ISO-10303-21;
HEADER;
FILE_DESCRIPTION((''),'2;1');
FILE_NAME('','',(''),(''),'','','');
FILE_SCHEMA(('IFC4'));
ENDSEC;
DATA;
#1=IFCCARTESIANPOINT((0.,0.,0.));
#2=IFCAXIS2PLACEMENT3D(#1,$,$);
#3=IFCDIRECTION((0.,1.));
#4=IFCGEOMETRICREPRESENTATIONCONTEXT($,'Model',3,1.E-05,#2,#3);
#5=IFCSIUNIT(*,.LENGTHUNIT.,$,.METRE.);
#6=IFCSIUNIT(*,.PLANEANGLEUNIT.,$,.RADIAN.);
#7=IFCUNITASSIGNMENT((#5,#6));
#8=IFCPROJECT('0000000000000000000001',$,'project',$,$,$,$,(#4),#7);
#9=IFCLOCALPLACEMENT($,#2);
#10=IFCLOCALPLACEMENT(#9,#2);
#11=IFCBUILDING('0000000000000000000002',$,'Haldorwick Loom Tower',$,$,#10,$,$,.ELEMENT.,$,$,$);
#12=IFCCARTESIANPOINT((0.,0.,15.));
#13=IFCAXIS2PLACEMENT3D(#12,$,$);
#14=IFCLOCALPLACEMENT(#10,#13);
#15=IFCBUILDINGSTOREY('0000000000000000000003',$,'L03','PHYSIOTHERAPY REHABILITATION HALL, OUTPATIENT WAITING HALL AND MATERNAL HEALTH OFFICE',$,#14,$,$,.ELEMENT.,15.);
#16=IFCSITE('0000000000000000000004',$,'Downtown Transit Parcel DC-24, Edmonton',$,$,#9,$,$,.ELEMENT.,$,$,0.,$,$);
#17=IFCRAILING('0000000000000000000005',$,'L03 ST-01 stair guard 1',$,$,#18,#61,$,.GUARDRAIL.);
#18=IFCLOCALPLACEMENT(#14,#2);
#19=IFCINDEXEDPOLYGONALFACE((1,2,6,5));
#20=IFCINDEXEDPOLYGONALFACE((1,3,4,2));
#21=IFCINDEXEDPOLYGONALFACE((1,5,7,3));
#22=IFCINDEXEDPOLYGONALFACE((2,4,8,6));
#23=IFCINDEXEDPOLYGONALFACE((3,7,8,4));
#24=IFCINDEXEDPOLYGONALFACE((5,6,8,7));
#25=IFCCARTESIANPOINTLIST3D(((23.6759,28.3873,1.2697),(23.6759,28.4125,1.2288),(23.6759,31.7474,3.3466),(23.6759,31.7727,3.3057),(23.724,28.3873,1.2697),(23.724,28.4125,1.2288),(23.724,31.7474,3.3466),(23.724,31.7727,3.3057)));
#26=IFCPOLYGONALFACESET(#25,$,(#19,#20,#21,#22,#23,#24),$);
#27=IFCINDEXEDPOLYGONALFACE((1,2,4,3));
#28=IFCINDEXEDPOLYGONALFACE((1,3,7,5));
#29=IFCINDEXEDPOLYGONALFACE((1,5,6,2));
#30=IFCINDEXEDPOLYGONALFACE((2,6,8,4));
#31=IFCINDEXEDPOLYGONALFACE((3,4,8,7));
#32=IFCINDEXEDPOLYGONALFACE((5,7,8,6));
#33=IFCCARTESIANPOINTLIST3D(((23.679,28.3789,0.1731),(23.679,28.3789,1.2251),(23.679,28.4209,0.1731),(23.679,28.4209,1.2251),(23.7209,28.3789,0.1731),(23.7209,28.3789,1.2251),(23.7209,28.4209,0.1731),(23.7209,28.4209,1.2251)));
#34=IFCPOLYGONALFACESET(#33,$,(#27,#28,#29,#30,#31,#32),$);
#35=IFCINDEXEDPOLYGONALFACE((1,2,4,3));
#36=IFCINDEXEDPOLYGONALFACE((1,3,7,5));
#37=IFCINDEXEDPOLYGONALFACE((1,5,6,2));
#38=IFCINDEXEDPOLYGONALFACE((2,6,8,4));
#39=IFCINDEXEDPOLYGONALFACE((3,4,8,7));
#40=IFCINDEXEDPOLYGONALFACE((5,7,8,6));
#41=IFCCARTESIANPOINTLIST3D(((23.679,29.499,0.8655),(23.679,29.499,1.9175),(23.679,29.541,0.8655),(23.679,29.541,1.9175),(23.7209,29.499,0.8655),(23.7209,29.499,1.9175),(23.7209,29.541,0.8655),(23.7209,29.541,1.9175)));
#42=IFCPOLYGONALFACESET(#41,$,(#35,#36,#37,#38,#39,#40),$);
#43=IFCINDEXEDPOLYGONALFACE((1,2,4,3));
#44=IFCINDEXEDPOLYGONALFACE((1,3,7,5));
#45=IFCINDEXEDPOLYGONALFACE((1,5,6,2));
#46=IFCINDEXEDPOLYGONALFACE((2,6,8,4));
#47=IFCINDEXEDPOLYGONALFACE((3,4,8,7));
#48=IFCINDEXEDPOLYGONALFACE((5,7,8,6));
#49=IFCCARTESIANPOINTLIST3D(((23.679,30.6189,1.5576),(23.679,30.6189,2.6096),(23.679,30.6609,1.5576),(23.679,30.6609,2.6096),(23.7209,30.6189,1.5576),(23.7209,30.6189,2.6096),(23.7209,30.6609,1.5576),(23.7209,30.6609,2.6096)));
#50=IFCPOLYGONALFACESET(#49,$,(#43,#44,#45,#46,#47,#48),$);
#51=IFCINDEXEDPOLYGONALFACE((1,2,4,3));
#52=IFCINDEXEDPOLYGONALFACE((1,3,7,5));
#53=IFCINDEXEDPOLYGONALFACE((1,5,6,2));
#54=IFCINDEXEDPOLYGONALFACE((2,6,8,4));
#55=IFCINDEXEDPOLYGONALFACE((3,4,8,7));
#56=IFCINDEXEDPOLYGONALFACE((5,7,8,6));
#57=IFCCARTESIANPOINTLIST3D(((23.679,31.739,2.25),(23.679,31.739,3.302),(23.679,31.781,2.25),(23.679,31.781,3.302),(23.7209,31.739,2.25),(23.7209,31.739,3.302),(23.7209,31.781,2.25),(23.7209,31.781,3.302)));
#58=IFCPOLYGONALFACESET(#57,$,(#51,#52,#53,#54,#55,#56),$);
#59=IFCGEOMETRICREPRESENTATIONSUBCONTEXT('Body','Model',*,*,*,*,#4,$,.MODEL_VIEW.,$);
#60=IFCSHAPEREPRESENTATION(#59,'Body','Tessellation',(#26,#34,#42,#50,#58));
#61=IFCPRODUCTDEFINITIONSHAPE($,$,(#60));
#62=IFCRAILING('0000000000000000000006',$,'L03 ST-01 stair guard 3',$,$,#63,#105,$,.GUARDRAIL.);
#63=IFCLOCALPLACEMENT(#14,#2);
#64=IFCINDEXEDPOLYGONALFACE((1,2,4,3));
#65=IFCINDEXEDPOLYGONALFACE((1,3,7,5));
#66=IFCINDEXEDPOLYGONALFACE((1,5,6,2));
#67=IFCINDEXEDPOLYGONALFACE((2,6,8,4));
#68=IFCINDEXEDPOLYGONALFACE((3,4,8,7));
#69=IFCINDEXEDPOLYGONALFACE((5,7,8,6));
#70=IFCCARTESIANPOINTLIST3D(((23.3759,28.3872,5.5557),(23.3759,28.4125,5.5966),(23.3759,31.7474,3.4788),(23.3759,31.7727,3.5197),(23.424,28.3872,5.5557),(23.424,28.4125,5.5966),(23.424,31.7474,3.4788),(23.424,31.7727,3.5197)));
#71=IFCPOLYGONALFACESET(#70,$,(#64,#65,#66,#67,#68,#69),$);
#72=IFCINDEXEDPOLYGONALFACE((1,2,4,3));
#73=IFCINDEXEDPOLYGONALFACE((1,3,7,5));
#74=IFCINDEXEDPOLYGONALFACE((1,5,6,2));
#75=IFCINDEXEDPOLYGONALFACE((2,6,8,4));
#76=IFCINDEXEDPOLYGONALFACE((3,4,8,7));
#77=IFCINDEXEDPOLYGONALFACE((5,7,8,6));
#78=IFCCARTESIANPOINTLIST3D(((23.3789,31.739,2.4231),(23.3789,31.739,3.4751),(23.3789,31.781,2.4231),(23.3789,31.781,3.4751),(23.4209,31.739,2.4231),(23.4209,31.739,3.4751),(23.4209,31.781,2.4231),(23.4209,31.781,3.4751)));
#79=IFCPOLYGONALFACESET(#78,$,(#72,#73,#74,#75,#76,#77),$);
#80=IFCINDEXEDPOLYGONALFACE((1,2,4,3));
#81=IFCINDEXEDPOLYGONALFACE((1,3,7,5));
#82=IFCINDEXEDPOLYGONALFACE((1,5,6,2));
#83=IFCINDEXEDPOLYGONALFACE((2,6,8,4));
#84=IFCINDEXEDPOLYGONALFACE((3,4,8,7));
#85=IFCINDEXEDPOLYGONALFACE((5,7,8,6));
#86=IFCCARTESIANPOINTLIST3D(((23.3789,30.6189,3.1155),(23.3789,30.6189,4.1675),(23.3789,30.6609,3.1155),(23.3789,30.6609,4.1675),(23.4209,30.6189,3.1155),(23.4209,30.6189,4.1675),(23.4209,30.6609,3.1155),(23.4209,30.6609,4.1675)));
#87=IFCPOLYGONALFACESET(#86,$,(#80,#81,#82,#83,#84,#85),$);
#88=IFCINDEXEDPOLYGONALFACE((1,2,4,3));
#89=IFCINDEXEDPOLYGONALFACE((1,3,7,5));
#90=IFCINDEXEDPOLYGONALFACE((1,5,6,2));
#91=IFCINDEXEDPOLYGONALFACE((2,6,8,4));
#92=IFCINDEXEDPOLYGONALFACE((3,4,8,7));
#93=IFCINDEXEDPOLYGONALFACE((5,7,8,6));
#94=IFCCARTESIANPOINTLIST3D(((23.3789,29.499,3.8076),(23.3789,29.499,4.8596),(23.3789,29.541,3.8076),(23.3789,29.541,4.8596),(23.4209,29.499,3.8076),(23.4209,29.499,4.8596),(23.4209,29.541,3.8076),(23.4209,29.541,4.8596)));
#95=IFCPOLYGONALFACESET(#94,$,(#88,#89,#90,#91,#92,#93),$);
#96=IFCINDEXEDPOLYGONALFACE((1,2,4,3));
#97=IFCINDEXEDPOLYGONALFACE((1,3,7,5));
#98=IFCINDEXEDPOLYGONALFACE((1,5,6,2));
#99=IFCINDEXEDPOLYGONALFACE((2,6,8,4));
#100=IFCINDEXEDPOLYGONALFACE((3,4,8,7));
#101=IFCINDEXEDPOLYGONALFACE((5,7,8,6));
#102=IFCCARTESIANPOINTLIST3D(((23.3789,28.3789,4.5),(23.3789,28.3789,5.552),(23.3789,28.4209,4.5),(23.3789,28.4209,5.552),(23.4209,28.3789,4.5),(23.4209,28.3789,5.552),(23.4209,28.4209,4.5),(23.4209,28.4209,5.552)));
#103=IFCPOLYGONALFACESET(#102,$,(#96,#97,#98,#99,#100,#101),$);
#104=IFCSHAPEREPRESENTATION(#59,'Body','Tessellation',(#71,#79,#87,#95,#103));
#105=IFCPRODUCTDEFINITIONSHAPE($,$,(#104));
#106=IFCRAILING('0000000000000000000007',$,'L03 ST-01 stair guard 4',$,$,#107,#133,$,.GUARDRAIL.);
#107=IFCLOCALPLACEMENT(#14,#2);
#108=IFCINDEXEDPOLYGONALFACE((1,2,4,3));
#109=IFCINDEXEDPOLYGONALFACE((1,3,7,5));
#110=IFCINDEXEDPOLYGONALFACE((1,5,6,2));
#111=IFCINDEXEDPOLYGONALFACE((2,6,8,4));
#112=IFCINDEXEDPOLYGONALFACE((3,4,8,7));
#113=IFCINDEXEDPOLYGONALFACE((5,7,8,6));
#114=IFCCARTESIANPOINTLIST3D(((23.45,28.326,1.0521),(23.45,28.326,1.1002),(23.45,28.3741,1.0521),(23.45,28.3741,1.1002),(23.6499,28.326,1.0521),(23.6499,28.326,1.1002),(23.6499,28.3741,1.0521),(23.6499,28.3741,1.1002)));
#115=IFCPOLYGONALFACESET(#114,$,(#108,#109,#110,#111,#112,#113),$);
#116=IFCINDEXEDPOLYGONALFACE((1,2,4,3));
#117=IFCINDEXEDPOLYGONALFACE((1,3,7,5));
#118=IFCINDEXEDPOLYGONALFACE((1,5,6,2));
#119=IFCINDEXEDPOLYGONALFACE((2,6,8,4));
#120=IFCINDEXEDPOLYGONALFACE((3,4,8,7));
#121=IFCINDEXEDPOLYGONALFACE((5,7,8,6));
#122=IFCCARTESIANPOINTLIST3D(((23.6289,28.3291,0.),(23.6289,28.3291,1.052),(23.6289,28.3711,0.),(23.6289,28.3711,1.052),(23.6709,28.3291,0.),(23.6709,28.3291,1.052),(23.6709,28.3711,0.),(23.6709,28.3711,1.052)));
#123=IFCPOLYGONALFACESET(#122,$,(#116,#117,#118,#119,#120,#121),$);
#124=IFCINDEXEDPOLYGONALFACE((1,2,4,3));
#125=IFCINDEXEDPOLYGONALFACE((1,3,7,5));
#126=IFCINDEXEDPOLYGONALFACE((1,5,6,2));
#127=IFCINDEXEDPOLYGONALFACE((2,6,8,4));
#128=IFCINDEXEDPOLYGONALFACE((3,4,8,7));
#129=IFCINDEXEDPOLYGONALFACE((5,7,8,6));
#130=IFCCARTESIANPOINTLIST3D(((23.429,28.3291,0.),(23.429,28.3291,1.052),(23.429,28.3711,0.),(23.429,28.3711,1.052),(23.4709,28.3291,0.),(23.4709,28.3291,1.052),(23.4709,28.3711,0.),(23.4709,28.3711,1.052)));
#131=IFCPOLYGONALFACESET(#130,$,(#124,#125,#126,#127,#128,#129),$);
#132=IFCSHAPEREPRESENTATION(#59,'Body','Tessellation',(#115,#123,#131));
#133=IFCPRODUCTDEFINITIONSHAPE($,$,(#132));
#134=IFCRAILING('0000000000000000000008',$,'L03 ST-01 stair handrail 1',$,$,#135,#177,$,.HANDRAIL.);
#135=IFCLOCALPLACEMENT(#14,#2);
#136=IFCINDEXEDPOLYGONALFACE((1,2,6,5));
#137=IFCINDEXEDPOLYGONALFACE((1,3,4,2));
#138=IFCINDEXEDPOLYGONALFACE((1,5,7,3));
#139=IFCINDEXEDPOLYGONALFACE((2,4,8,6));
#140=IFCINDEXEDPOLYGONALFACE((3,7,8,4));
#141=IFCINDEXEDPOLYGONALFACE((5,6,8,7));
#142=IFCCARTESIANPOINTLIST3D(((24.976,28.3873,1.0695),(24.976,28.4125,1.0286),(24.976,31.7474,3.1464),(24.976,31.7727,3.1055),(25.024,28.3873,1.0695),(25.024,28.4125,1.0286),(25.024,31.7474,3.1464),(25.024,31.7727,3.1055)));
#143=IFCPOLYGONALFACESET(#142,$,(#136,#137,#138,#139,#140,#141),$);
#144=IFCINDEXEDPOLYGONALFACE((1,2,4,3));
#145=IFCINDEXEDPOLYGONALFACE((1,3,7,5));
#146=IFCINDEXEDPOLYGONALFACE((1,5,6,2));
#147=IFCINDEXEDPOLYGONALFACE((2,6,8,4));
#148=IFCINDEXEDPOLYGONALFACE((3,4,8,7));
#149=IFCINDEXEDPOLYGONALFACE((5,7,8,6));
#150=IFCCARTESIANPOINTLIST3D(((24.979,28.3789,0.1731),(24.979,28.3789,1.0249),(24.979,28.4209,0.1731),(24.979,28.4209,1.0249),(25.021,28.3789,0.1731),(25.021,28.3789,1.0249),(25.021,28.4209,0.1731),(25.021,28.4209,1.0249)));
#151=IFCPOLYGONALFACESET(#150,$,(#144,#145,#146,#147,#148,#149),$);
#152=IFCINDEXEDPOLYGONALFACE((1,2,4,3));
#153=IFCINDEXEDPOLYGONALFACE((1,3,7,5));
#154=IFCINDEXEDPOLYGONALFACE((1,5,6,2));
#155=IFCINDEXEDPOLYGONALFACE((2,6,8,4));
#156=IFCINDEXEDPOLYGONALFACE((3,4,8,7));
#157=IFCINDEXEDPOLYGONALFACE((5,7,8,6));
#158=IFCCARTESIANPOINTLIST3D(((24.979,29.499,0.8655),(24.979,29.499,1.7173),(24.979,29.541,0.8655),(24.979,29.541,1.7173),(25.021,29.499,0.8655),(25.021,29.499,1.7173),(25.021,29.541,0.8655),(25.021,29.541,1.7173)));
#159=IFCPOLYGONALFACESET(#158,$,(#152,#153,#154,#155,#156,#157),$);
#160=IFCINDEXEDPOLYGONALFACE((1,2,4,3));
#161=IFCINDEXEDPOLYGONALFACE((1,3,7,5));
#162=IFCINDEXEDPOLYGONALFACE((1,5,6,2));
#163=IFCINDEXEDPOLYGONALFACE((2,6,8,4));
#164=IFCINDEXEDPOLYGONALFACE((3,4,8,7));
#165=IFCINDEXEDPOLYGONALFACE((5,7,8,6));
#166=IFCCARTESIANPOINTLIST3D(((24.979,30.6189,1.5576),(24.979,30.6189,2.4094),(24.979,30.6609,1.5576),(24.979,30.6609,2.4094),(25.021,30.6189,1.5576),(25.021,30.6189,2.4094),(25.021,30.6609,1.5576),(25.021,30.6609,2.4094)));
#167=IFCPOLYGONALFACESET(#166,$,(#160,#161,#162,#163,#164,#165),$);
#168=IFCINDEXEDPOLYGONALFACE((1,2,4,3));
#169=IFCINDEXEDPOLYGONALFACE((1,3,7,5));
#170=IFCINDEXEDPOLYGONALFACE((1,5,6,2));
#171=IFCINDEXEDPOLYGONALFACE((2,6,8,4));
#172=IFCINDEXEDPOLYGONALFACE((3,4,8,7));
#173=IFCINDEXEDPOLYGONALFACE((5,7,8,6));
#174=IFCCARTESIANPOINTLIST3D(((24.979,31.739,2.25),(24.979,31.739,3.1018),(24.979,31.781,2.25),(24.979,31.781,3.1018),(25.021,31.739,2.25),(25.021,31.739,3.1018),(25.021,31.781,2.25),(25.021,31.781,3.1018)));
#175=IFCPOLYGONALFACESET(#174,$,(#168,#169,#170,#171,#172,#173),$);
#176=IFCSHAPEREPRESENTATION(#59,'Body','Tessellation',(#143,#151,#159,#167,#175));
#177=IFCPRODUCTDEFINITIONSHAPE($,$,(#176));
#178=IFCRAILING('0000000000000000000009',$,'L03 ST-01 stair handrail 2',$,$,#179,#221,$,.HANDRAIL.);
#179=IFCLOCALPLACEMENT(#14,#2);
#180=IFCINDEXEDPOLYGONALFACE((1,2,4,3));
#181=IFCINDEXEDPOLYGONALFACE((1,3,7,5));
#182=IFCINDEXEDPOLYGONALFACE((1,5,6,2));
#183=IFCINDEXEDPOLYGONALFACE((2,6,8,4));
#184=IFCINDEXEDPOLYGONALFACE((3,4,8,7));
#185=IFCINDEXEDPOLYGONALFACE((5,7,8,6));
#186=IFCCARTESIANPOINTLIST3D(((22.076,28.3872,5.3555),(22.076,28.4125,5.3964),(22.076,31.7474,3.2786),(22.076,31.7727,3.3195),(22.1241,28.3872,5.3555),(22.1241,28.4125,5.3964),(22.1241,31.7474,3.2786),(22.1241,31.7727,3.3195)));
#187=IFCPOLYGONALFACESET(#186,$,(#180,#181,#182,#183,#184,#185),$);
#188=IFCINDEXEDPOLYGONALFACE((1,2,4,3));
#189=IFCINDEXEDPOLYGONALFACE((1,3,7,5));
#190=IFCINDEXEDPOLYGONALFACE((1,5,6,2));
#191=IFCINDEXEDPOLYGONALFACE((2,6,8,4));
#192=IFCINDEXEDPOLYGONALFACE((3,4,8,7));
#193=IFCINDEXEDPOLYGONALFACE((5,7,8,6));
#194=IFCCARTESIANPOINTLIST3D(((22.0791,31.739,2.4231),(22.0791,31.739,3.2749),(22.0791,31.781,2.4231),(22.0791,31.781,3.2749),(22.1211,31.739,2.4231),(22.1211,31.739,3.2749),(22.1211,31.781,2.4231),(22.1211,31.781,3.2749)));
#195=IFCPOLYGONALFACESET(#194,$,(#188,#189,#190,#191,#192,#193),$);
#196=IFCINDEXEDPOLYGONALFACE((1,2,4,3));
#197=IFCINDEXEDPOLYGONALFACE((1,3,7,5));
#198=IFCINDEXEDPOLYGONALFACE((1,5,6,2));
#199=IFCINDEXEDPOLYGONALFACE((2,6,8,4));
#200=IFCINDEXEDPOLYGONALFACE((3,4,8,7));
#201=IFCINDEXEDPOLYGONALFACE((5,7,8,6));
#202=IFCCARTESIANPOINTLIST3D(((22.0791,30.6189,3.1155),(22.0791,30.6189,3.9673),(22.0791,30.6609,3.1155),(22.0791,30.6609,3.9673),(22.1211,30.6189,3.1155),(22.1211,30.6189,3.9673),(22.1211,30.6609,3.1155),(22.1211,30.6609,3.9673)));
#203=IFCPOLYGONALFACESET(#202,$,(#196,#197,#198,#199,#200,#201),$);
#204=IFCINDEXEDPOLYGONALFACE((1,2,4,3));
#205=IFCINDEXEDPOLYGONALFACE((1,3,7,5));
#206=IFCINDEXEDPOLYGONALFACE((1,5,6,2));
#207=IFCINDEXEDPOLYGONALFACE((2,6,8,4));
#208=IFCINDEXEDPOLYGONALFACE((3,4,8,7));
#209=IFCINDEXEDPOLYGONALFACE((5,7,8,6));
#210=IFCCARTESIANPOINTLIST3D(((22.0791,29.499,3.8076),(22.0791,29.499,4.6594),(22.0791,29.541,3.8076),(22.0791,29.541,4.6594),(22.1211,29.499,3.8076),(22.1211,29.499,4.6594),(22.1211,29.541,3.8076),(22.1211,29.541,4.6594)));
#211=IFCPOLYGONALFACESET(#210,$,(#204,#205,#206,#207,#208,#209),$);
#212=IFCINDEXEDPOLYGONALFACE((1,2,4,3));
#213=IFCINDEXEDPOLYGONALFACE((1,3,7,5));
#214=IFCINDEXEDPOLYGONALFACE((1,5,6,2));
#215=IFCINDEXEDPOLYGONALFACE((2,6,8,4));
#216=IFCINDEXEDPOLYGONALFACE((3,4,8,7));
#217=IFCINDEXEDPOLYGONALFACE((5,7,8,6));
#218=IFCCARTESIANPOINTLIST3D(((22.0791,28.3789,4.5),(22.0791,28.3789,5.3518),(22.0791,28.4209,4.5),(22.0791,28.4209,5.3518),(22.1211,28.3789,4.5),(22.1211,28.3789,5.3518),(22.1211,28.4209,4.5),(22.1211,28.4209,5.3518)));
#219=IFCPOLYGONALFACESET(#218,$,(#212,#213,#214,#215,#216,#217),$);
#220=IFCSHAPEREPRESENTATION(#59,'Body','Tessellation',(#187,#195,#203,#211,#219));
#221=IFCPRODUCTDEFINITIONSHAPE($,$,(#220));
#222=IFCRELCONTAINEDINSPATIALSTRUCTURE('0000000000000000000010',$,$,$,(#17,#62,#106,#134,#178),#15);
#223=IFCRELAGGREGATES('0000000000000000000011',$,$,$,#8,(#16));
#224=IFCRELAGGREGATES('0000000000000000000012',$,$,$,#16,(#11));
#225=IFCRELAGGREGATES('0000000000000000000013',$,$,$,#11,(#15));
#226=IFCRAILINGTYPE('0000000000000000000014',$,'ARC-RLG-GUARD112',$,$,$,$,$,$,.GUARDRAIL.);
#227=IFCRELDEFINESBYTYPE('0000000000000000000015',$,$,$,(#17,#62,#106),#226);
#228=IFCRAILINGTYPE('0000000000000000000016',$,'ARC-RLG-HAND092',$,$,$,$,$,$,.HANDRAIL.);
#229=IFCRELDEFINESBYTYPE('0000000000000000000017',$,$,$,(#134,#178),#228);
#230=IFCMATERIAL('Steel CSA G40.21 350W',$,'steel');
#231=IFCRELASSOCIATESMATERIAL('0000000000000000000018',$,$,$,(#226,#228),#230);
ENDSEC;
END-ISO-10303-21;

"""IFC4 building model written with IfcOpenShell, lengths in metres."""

from ifc_helpers import new_model, si_unit, direction, frame, origin, origin_2d, place, context, subcontext, project, spatial, rectangle, extrude, material, type_object, element, save


model = new_model("IFC4")

# Units and contexts
model_context = context("Model", 3, precision=1e-05, world=origin(), true_north=direction((0.0, 1.0)))
body_context = subcontext(model_context, "Body", "Model", "MODEL_VIEW")
ifc_project = project(units=[si_unit("LENGTHUNIT", "METRE"), si_unit("PLANEANGLEUNIT", "RADIAN")], contexts=[model_context])

# Site, building, storey
site_placement = place(None, origin())
site = spatial("IfcSite", under=ifc_project, at=site_placement, Name="Downtown Transit Parcel DC-24, Edmonton", CompositionType="ELEMENT", RefElevation=0.0)
building_placement = place(site_placement, origin())
building = spatial("IfcBuilding", under=site, at=building_placement, Name="Haldorwick Loom Tower", CompositionType="ELEMENT")
storey_placement = place(building_placement, frame((0.0, 0.0, 15.0)))
storey = spatial("IfcBuildingStorey", under=building, at=storey_placement, Name="L03", Description="PHYSIOTHERAPY REHABILITATION HALL, OUTPATIENT WAITING HALL AND MATERNAL HEALTH OFFICE", CompositionType="ELEMENT", Elevation=15.0)

# Shared definitions
ifc_material_1 = material(Name="Steel CSA G40.21 350W", Category="steel")

# Railings
railing_type_1 = type_object("IfcRailingType", Name="ARC-RLG-GUARD112", PredefinedType="GUARDRAIL", material=ifc_material_1)
railing_1_placement = place(storey_placement, frame((23.7, 28.3999, 0.1731)))
element("IfcRailing", 1, at=railing_1_placement, inside=storey, type_object=railing_type_1, Name="L03 ST-01 stair guard 1", PredefinedType="GUARDRAIL", context=body_context, shape_type="SweptSolid", body=[
    extrude(rectangle(XDim=0.0481, YDim=0.0481, at=origin_2d()), frame((0.0, 0.0, 1.0762), z_axis=(0.0, 0.850623, 0.525776), x_axis=(-1.0, 0.0, 0.0)), (0.0, 0.0, 1.0), 3.9502),
    extrude(rectangle(XDim=0.042, YDim=0.042, at=origin_2d()), origin(), (0.0, 0.0, 1.0), 1.052),
    extrude(rectangle(XDim=0.042, YDim=0.042, at=origin_2d()), frame((0.0, 1.1201, 0.6924)), (0.0, 0.0, 1.0), 1.052),
    extrude(rectangle(XDim=0.042, YDim=0.042, at=origin_2d()), frame((0.0, 2.24, 1.3845)), (0.0, 0.0, 1.0), 1.052),
    extrude(rectangle(XDim=0.042, YDim=0.042, at=origin_2d()), frame((0.0, 3.3601, 2.0769)), (0.0, 0.0, 1.0), 1.052),
])
railing_2_placement = place(storey_placement, frame((23.3999, 31.76, 2.4231)))
element("IfcRailing", 2, at=railing_2_placement, inside=storey, type_object=railing_type_1, Name="L03 ST-01 stair guard 3", PredefinedType="GUARDRAIL", context=body_context, shape_type="SweptSolid", body=[
    extrude(rectangle(XDim=0.0481, YDim=0.0481, at=origin_2d()), frame((0.0, 0.0, 1.0762), z_axis=(0.0, -0.850623, 0.525776), x_axis=(1.0, 0.0, 0.0)), (0.0, 0.0, 1.0), 3.9502),
    extrude(rectangle(XDim=0.042, YDim=0.042, at=origin_2d()), origin(), (0.0, 0.0, 1.0), 1.052),
    extrude(rectangle(XDim=0.042, YDim=0.042, at=origin_2d()), frame((0.0, -1.1201, 0.6924)), (0.0, 0.0, 1.0), 1.052),
    extrude(rectangle(XDim=0.042, YDim=0.042, at=origin_2d()), frame((0.0, -2.24, 1.3845)), (0.0, 0.0, 1.0), 1.052),
    extrude(rectangle(XDim=0.042, YDim=0.042, at=origin_2d()), frame((0.0, -3.3601, 2.0769)), (0.0, 0.0, 1.0), 1.052),
])
railing_3_placement = place(storey_placement, frame((23.6499, 28.3501, 0.0)))
element("IfcRailing", 3, at=railing_3_placement, inside=storey, type_object=railing_type_1, Name="L03 ST-01 stair guard 4", PredefinedType="GUARDRAIL", context=body_context, shape_type="SweptSolid", body=[
    extrude(rectangle(XDim=0.0481, YDim=0.0481, at=origin_2d()), frame((0.0, 0.0, 1.0762), z_axis=(-1.0, 0.0, 0.0), x_axis=(0.0, -1.0, 0.0)), (0.0, 0.0, 1.0), 0.2),
    extrude(rectangle(XDim=0.042, YDim=0.042, at=origin_2d()), origin(), (0.0, 0.0, 1.0), 1.052),
    extrude(rectangle(XDim=0.042, YDim=0.042, at=origin_2d()), frame((-0.2, 0.0, 0.0)), (0.0, 0.0, 1.0), 1.052),
])
railing_type_2 = type_object("IfcRailingType", Name="ARC-RLG-HAND092", PredefinedType="HANDRAIL", material=ifc_material_1)
railing_4_placement = place(storey_placement, frame((25.0, 28.3999, 0.1731)))
element("IfcRailing", 4, at=railing_4_placement, inside=storey, type_object=railing_type_2, Name="L03 ST-01 stair handrail 1", PredefinedType="HANDRAIL", context=body_context, shape_type="SweptSolid", body=[
    extrude(rectangle(XDim=0.0481, YDim=0.0481, at=origin_2d()), frame((0.0, 0.0, 0.876), z_axis=(0.0, 0.850623, 0.525776), x_axis=(-1.0, 0.0, 0.0)), (0.0, 0.0, 1.0), 3.9502),
    extrude(rectangle(XDim=0.042, YDim=0.042, at=origin_2d()), origin(), (0.0, 0.0, 1.0), 0.8518),
    extrude(rectangle(XDim=0.042, YDim=0.042, at=origin_2d()), frame((0.0, 1.1201, 0.6924)), (0.0, 0.0, 1.0), 0.8518),
    extrude(rectangle(XDim=0.042, YDim=0.042, at=origin_2d()), frame((0.0, 2.24, 1.3845)), (0.0, 0.0, 1.0), 0.8518),
    extrude(rectangle(XDim=0.042, YDim=0.042, at=origin_2d()), frame((0.0, 3.3601, 2.0769)), (0.0, 0.0, 1.0), 0.8518),
])
railing_5_placement = place(storey_placement, frame((22.1001, 31.76, 2.4231)))
element("IfcRailing", 5, at=railing_5_placement, inside=storey, type_object=railing_type_2, Name="L03 ST-01 stair handrail 2", PredefinedType="HANDRAIL", context=body_context, shape_type="SweptSolid", body=[
    extrude(rectangle(XDim=0.0481, YDim=0.0481, at=origin_2d()), frame((0.0, 0.0, 0.876), z_axis=(0.0, -0.850623, 0.525776), x_axis=(1.0, 0.0, 0.0)), (0.0, 0.0, 1.0), 3.9502),
    extrude(rectangle(XDim=0.042, YDim=0.042, at=origin_2d()), origin(), (0.0, 0.0, 1.0), 0.8518),
    extrude(rectangle(XDim=0.042, YDim=0.042, at=origin_2d()), frame((0.0, -1.1201, 0.6924)), (0.0, 0.0, 1.0), 0.8518),
    extrude(rectangle(XDim=0.042, YDim=0.042, at=origin_2d()), frame((0.0, -2.24, 1.3845)), (0.0, 0.0, 1.0), 0.8518),
    extrude(rectangle(XDim=0.042, YDim=0.042, at=origin_2d()), frame((0.0, -3.3601, 2.0769)), (0.0, 0.0, 1.0), 0.8518),
])

save(model, "model.ifc")
